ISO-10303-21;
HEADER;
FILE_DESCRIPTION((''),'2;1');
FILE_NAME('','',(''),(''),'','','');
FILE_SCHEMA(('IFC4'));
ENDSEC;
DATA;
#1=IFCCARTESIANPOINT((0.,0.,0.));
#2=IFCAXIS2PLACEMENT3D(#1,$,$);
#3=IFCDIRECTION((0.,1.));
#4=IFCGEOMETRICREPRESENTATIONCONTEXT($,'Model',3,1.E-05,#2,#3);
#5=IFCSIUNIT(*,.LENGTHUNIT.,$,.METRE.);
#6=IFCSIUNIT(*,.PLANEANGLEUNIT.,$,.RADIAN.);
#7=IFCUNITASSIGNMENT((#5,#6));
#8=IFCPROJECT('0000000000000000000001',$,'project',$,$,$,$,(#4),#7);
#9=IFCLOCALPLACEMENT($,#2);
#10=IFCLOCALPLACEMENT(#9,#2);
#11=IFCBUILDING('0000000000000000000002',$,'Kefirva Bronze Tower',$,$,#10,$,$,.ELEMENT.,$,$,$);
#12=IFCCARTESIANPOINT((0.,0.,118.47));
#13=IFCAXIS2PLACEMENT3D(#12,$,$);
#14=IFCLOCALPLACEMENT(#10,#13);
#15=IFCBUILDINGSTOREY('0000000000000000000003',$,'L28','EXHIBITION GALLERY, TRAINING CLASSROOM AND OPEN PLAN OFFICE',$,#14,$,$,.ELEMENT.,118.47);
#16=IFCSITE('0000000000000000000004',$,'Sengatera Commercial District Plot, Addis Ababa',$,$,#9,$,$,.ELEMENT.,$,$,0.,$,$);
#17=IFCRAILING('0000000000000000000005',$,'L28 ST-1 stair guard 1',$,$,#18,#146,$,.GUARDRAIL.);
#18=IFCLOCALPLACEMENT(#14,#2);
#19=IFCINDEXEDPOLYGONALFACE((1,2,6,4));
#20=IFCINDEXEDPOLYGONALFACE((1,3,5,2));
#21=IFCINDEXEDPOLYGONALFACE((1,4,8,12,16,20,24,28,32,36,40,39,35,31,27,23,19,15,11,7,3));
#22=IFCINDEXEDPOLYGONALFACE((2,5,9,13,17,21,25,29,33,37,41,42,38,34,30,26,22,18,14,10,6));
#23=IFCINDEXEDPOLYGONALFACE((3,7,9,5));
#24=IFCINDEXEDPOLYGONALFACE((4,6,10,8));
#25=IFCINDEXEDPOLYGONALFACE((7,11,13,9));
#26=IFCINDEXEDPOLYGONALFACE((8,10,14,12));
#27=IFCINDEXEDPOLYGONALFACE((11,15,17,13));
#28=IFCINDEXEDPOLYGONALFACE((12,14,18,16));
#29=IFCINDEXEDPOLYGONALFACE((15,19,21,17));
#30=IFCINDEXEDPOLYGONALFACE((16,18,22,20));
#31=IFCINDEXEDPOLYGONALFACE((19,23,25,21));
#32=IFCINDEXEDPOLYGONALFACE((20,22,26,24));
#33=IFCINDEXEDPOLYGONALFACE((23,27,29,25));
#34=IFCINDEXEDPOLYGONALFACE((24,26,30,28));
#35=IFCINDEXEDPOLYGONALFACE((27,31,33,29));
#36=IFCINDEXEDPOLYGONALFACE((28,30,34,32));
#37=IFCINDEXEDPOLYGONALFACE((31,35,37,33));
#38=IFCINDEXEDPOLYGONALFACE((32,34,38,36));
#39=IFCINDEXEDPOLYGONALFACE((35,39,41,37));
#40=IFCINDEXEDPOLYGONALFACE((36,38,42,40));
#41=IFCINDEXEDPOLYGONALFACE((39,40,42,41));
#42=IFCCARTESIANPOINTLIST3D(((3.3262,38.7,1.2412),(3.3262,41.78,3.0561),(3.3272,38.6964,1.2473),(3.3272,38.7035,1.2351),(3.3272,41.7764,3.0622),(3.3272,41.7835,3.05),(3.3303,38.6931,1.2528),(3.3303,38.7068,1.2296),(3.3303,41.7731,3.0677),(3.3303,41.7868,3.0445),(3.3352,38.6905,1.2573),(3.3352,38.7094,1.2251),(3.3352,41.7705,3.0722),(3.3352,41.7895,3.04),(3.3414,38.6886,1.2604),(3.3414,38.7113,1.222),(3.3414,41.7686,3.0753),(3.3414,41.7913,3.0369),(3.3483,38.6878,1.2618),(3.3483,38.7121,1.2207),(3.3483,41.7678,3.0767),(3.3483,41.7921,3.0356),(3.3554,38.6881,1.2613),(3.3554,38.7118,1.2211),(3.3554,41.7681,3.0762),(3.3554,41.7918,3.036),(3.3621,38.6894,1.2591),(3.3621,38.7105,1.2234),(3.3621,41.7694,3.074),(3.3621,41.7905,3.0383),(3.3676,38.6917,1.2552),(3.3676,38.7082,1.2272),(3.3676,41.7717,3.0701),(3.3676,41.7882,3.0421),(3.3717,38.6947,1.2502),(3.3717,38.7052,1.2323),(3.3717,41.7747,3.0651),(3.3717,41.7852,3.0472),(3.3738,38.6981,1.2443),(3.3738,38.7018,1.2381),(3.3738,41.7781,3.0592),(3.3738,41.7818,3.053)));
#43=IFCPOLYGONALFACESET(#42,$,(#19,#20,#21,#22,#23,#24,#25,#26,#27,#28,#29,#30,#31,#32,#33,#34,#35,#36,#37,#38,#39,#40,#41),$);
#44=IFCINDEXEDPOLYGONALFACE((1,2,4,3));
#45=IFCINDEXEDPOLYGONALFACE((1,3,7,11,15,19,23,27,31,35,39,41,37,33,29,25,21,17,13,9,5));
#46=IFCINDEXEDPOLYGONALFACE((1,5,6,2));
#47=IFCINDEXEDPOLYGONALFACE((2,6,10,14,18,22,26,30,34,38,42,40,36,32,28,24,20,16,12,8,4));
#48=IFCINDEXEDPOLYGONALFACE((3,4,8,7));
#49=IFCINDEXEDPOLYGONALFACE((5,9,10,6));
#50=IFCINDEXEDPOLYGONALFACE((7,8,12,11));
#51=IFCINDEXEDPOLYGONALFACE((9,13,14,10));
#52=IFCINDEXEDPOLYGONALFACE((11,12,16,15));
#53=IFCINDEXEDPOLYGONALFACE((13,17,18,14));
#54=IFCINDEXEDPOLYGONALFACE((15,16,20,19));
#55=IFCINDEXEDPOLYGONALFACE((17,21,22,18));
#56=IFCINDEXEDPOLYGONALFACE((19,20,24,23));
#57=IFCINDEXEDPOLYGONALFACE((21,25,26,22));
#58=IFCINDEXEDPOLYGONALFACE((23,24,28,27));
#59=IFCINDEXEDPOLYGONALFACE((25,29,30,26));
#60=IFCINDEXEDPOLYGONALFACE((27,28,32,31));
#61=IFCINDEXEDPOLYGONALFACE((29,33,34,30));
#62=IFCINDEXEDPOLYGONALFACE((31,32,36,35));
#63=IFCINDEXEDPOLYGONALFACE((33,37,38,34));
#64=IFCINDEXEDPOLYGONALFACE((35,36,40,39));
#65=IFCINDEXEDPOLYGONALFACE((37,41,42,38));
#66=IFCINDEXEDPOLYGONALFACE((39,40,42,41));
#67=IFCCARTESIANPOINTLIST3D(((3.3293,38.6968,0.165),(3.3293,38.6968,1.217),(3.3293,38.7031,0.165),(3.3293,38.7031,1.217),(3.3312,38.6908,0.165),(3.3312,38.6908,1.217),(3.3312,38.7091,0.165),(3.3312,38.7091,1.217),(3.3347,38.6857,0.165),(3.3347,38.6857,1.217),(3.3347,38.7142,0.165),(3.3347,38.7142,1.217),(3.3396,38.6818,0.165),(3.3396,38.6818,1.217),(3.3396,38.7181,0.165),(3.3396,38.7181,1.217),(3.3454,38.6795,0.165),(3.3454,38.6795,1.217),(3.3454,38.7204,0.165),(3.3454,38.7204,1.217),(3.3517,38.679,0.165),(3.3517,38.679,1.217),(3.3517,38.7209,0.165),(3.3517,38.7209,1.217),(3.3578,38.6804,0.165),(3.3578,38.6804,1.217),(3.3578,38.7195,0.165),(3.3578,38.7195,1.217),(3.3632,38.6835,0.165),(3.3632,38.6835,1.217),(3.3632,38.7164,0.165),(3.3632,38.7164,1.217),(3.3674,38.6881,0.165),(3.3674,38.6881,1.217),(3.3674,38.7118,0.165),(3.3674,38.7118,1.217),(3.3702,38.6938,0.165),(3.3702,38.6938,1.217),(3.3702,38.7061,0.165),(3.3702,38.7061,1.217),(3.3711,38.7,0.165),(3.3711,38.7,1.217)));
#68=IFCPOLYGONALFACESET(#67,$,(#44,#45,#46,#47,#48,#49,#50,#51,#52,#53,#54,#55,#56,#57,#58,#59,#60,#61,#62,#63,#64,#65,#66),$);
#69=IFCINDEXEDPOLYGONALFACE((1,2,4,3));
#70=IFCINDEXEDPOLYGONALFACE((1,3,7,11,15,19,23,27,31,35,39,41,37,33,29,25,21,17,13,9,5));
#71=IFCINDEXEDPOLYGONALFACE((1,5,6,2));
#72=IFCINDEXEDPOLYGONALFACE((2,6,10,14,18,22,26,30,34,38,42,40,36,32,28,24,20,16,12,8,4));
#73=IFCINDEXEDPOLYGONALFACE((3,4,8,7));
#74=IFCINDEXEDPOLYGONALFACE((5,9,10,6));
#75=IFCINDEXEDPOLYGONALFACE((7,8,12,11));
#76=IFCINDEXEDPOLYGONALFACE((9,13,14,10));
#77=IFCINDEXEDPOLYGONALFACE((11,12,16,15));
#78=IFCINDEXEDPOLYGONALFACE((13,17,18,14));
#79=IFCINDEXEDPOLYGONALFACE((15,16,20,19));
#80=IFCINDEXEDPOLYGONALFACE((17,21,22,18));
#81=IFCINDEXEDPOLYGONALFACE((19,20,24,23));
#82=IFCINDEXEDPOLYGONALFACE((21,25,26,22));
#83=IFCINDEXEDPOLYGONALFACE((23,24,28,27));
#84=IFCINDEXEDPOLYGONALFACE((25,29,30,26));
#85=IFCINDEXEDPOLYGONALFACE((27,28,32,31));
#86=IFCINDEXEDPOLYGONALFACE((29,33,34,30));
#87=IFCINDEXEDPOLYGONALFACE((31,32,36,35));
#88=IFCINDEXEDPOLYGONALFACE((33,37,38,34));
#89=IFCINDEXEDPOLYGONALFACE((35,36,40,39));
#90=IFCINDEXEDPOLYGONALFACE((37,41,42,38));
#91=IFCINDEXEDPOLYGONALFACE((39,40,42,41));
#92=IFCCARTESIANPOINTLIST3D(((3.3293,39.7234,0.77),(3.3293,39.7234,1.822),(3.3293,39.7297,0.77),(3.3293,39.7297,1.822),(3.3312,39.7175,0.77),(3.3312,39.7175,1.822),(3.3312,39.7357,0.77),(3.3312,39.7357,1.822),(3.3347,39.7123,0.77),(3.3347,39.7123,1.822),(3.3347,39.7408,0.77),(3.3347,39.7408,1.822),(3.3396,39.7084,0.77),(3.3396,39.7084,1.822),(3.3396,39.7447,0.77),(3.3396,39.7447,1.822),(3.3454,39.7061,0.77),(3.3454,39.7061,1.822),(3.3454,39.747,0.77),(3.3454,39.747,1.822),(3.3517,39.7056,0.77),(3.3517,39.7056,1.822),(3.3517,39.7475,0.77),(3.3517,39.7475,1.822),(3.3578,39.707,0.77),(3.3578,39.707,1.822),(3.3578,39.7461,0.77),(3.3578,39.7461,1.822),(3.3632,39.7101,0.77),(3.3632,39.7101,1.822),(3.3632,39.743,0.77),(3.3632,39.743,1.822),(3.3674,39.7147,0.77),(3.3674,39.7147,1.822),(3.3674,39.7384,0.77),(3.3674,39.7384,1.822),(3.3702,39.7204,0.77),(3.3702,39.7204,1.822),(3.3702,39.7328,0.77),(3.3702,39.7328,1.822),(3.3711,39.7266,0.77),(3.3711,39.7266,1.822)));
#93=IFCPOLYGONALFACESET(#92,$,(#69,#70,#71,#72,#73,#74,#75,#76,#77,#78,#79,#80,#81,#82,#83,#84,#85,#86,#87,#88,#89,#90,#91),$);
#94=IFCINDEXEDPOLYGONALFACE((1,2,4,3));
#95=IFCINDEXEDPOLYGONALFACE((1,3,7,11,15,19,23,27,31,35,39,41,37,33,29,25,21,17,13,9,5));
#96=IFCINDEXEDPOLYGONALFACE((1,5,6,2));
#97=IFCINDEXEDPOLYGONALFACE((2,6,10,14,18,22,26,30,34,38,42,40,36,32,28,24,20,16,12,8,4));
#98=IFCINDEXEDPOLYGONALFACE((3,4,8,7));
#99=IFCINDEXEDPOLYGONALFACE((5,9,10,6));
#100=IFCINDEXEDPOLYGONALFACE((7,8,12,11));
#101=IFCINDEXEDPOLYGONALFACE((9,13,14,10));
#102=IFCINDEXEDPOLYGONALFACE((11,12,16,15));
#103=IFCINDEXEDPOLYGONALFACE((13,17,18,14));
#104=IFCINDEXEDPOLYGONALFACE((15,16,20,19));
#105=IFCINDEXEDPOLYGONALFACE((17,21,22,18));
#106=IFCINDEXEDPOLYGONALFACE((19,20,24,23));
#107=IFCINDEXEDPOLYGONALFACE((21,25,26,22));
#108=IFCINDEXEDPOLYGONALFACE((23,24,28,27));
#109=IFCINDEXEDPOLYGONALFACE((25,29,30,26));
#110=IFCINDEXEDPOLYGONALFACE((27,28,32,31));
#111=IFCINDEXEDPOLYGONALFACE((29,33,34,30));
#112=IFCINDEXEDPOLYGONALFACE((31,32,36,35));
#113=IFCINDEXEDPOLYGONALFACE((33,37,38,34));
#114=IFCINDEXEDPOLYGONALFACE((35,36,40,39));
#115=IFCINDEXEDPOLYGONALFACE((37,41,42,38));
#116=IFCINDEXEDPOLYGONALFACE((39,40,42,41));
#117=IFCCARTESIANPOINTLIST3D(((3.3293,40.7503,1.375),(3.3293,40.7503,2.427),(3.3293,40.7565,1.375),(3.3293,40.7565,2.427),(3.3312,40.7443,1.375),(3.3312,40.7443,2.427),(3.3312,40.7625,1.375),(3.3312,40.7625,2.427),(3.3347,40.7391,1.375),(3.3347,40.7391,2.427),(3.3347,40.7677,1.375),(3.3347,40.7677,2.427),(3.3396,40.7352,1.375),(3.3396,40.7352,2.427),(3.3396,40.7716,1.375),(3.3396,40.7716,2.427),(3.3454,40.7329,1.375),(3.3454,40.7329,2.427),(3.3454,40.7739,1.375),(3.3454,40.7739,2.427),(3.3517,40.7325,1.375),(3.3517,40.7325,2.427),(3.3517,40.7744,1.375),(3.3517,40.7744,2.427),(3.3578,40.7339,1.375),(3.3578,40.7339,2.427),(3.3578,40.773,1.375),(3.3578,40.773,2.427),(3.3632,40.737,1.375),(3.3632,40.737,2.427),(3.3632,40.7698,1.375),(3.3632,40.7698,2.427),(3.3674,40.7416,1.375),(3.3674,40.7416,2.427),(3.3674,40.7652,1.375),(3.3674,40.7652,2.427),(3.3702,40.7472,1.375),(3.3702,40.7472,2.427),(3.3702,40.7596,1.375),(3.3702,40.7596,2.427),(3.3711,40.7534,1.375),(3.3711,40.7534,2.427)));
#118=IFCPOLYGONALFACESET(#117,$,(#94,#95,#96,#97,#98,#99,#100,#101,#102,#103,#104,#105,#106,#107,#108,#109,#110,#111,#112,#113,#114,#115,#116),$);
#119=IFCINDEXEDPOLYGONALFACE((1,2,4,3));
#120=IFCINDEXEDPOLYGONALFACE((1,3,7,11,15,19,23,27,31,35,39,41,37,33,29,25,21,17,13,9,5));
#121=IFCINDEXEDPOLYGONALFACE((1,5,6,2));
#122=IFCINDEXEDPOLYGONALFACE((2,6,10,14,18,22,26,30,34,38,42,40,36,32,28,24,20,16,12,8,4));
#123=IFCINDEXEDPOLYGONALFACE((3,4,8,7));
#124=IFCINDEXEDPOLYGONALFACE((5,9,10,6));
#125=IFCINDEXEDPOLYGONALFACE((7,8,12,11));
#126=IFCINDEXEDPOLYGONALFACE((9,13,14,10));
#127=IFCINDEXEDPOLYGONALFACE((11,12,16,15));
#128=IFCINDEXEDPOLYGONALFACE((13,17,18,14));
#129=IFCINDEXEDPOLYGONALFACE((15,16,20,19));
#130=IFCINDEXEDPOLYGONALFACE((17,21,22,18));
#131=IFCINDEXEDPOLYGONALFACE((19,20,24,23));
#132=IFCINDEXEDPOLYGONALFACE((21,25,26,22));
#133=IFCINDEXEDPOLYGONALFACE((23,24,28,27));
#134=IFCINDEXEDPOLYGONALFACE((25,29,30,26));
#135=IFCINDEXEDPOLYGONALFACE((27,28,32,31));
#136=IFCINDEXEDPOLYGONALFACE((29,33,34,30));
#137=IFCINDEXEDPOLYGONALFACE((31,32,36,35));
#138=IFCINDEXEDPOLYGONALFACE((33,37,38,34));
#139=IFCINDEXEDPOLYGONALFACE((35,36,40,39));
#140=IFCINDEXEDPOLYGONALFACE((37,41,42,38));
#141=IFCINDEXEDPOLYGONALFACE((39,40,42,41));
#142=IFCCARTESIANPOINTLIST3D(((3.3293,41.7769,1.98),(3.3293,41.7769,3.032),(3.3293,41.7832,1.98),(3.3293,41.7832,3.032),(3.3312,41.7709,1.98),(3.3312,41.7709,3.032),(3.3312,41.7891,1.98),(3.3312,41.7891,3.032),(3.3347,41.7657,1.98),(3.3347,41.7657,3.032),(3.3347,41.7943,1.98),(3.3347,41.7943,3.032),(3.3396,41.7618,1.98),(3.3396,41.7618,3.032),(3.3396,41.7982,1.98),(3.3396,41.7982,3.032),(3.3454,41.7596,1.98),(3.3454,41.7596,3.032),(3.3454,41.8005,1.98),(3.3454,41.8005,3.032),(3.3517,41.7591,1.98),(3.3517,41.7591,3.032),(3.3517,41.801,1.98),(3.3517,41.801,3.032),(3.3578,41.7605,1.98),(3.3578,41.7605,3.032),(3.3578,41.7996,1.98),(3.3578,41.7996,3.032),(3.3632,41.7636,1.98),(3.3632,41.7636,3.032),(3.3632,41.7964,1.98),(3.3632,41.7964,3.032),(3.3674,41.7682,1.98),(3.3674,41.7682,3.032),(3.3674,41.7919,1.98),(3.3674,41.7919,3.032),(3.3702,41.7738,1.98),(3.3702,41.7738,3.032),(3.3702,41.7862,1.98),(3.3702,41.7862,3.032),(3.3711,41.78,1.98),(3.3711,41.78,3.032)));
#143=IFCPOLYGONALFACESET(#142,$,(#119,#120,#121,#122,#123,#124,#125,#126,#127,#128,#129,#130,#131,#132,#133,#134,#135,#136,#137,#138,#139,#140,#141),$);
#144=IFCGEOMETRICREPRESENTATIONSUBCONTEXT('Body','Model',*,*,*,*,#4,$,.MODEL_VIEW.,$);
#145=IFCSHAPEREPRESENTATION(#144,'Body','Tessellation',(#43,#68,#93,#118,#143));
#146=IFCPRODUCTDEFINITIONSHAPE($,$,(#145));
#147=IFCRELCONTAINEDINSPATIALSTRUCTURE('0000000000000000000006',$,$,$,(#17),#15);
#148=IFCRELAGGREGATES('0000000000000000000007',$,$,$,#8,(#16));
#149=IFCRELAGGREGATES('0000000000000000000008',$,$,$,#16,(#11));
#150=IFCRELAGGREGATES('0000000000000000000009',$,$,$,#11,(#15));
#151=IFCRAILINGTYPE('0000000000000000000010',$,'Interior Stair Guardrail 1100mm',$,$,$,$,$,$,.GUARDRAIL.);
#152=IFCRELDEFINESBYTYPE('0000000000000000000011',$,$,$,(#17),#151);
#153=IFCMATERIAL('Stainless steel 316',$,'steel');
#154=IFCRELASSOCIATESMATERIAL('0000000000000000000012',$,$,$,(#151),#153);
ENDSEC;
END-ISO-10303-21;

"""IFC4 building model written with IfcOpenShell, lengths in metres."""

from ifc_helpers import new_model, si_unit, direction, frame, origin, origin_2d, place, context, subcontext, project, spatial, circle, extrude, material, type_object, element, save


model = new_model("IFC4")

# Units and contexts
model_context = context("Model", 3, precision=1e-05, world=origin(), true_north=direction((0.0, 1.0)))
body_context = subcontext(model_context, "Body", "Model", "MODEL_VIEW")
ifc_project = project(units=[si_unit("LENGTHUNIT", "METRE"), si_unit("PLANEANGLEUNIT", "RADIAN")], contexts=[model_context])

# Site, building, storey
site_placement = place(None, origin())
site = spatial("IfcSite", under=ifc_project, at=site_placement, Name="Sengatera Commercial District Plot, Addis Ababa", CompositionType="ELEMENT", RefElevation=0.0)
building_placement = place(site_placement, origin())
building = spatial("IfcBuilding", under=site, at=building_placement, Name="Kefirva Bronze Tower", CompositionType="ELEMENT")
storey_placement = place(building_placement, frame((0.0, 0.0, 118.47)))
storey = spatial("IfcBuildingStorey", under=building, at=storey_placement, Name="L28", Description="EXHIBITION GALLERY, TRAINING CLASSROOM AND OPEN PLAN OFFICE", CompositionType="ELEMENT", Elevation=118.47)

# Railing
ifc_material_1 = material(Name="Stainless steel 316", Category="steel")
railing_type_1 = type_object("IfcRailingType", Name="Interior Stair Guardrail 1100mm", PredefinedType="GUARDRAIL", material=ifc_material_1)
railing_1_placement = place(storey_placement, frame((3.3501, 38.7, 0.165)))
element("IfcRailing", 1, at=railing_1_placement, inside=storey, type_object=railing_type_1, Name="L28 ST-1 stair guard 1", PredefinedType="GUARDRAIL", context=body_context, shape_type="SweptSolid", body=[
    extrude(circle(Radius=0.0239, at=origin_2d()), frame((0.0, 0.0, 1.0762), z_axis=(0.0, 0.861551, 0.507671), x_axis=(-1.0, 0.0, 0.0)), (0.0, 0.0, 1.0), 3.575),
    extrude(circle(Radius=0.021, at=origin_2d()), origin(), (0.0, 0.0, 1.0), 1.052),
    extrude(circle(Radius=0.021, at=origin_2d()), frame((0.0, 1.0266, 0.605)), (0.0, 0.0, 1.0), 1.052),
    extrude(circle(Radius=0.021, at=origin_2d()), frame((0.0, 2.0535, 1.21)), (0.0, 0.0, 1.0), 1.052),
    extrude(circle(Radius=0.021, at=origin_2d()), frame((0.0, 3.0801, 1.8149)), (0.0, 0.0, 1.0), 1.052),
])

save(model, "model.ifc")
